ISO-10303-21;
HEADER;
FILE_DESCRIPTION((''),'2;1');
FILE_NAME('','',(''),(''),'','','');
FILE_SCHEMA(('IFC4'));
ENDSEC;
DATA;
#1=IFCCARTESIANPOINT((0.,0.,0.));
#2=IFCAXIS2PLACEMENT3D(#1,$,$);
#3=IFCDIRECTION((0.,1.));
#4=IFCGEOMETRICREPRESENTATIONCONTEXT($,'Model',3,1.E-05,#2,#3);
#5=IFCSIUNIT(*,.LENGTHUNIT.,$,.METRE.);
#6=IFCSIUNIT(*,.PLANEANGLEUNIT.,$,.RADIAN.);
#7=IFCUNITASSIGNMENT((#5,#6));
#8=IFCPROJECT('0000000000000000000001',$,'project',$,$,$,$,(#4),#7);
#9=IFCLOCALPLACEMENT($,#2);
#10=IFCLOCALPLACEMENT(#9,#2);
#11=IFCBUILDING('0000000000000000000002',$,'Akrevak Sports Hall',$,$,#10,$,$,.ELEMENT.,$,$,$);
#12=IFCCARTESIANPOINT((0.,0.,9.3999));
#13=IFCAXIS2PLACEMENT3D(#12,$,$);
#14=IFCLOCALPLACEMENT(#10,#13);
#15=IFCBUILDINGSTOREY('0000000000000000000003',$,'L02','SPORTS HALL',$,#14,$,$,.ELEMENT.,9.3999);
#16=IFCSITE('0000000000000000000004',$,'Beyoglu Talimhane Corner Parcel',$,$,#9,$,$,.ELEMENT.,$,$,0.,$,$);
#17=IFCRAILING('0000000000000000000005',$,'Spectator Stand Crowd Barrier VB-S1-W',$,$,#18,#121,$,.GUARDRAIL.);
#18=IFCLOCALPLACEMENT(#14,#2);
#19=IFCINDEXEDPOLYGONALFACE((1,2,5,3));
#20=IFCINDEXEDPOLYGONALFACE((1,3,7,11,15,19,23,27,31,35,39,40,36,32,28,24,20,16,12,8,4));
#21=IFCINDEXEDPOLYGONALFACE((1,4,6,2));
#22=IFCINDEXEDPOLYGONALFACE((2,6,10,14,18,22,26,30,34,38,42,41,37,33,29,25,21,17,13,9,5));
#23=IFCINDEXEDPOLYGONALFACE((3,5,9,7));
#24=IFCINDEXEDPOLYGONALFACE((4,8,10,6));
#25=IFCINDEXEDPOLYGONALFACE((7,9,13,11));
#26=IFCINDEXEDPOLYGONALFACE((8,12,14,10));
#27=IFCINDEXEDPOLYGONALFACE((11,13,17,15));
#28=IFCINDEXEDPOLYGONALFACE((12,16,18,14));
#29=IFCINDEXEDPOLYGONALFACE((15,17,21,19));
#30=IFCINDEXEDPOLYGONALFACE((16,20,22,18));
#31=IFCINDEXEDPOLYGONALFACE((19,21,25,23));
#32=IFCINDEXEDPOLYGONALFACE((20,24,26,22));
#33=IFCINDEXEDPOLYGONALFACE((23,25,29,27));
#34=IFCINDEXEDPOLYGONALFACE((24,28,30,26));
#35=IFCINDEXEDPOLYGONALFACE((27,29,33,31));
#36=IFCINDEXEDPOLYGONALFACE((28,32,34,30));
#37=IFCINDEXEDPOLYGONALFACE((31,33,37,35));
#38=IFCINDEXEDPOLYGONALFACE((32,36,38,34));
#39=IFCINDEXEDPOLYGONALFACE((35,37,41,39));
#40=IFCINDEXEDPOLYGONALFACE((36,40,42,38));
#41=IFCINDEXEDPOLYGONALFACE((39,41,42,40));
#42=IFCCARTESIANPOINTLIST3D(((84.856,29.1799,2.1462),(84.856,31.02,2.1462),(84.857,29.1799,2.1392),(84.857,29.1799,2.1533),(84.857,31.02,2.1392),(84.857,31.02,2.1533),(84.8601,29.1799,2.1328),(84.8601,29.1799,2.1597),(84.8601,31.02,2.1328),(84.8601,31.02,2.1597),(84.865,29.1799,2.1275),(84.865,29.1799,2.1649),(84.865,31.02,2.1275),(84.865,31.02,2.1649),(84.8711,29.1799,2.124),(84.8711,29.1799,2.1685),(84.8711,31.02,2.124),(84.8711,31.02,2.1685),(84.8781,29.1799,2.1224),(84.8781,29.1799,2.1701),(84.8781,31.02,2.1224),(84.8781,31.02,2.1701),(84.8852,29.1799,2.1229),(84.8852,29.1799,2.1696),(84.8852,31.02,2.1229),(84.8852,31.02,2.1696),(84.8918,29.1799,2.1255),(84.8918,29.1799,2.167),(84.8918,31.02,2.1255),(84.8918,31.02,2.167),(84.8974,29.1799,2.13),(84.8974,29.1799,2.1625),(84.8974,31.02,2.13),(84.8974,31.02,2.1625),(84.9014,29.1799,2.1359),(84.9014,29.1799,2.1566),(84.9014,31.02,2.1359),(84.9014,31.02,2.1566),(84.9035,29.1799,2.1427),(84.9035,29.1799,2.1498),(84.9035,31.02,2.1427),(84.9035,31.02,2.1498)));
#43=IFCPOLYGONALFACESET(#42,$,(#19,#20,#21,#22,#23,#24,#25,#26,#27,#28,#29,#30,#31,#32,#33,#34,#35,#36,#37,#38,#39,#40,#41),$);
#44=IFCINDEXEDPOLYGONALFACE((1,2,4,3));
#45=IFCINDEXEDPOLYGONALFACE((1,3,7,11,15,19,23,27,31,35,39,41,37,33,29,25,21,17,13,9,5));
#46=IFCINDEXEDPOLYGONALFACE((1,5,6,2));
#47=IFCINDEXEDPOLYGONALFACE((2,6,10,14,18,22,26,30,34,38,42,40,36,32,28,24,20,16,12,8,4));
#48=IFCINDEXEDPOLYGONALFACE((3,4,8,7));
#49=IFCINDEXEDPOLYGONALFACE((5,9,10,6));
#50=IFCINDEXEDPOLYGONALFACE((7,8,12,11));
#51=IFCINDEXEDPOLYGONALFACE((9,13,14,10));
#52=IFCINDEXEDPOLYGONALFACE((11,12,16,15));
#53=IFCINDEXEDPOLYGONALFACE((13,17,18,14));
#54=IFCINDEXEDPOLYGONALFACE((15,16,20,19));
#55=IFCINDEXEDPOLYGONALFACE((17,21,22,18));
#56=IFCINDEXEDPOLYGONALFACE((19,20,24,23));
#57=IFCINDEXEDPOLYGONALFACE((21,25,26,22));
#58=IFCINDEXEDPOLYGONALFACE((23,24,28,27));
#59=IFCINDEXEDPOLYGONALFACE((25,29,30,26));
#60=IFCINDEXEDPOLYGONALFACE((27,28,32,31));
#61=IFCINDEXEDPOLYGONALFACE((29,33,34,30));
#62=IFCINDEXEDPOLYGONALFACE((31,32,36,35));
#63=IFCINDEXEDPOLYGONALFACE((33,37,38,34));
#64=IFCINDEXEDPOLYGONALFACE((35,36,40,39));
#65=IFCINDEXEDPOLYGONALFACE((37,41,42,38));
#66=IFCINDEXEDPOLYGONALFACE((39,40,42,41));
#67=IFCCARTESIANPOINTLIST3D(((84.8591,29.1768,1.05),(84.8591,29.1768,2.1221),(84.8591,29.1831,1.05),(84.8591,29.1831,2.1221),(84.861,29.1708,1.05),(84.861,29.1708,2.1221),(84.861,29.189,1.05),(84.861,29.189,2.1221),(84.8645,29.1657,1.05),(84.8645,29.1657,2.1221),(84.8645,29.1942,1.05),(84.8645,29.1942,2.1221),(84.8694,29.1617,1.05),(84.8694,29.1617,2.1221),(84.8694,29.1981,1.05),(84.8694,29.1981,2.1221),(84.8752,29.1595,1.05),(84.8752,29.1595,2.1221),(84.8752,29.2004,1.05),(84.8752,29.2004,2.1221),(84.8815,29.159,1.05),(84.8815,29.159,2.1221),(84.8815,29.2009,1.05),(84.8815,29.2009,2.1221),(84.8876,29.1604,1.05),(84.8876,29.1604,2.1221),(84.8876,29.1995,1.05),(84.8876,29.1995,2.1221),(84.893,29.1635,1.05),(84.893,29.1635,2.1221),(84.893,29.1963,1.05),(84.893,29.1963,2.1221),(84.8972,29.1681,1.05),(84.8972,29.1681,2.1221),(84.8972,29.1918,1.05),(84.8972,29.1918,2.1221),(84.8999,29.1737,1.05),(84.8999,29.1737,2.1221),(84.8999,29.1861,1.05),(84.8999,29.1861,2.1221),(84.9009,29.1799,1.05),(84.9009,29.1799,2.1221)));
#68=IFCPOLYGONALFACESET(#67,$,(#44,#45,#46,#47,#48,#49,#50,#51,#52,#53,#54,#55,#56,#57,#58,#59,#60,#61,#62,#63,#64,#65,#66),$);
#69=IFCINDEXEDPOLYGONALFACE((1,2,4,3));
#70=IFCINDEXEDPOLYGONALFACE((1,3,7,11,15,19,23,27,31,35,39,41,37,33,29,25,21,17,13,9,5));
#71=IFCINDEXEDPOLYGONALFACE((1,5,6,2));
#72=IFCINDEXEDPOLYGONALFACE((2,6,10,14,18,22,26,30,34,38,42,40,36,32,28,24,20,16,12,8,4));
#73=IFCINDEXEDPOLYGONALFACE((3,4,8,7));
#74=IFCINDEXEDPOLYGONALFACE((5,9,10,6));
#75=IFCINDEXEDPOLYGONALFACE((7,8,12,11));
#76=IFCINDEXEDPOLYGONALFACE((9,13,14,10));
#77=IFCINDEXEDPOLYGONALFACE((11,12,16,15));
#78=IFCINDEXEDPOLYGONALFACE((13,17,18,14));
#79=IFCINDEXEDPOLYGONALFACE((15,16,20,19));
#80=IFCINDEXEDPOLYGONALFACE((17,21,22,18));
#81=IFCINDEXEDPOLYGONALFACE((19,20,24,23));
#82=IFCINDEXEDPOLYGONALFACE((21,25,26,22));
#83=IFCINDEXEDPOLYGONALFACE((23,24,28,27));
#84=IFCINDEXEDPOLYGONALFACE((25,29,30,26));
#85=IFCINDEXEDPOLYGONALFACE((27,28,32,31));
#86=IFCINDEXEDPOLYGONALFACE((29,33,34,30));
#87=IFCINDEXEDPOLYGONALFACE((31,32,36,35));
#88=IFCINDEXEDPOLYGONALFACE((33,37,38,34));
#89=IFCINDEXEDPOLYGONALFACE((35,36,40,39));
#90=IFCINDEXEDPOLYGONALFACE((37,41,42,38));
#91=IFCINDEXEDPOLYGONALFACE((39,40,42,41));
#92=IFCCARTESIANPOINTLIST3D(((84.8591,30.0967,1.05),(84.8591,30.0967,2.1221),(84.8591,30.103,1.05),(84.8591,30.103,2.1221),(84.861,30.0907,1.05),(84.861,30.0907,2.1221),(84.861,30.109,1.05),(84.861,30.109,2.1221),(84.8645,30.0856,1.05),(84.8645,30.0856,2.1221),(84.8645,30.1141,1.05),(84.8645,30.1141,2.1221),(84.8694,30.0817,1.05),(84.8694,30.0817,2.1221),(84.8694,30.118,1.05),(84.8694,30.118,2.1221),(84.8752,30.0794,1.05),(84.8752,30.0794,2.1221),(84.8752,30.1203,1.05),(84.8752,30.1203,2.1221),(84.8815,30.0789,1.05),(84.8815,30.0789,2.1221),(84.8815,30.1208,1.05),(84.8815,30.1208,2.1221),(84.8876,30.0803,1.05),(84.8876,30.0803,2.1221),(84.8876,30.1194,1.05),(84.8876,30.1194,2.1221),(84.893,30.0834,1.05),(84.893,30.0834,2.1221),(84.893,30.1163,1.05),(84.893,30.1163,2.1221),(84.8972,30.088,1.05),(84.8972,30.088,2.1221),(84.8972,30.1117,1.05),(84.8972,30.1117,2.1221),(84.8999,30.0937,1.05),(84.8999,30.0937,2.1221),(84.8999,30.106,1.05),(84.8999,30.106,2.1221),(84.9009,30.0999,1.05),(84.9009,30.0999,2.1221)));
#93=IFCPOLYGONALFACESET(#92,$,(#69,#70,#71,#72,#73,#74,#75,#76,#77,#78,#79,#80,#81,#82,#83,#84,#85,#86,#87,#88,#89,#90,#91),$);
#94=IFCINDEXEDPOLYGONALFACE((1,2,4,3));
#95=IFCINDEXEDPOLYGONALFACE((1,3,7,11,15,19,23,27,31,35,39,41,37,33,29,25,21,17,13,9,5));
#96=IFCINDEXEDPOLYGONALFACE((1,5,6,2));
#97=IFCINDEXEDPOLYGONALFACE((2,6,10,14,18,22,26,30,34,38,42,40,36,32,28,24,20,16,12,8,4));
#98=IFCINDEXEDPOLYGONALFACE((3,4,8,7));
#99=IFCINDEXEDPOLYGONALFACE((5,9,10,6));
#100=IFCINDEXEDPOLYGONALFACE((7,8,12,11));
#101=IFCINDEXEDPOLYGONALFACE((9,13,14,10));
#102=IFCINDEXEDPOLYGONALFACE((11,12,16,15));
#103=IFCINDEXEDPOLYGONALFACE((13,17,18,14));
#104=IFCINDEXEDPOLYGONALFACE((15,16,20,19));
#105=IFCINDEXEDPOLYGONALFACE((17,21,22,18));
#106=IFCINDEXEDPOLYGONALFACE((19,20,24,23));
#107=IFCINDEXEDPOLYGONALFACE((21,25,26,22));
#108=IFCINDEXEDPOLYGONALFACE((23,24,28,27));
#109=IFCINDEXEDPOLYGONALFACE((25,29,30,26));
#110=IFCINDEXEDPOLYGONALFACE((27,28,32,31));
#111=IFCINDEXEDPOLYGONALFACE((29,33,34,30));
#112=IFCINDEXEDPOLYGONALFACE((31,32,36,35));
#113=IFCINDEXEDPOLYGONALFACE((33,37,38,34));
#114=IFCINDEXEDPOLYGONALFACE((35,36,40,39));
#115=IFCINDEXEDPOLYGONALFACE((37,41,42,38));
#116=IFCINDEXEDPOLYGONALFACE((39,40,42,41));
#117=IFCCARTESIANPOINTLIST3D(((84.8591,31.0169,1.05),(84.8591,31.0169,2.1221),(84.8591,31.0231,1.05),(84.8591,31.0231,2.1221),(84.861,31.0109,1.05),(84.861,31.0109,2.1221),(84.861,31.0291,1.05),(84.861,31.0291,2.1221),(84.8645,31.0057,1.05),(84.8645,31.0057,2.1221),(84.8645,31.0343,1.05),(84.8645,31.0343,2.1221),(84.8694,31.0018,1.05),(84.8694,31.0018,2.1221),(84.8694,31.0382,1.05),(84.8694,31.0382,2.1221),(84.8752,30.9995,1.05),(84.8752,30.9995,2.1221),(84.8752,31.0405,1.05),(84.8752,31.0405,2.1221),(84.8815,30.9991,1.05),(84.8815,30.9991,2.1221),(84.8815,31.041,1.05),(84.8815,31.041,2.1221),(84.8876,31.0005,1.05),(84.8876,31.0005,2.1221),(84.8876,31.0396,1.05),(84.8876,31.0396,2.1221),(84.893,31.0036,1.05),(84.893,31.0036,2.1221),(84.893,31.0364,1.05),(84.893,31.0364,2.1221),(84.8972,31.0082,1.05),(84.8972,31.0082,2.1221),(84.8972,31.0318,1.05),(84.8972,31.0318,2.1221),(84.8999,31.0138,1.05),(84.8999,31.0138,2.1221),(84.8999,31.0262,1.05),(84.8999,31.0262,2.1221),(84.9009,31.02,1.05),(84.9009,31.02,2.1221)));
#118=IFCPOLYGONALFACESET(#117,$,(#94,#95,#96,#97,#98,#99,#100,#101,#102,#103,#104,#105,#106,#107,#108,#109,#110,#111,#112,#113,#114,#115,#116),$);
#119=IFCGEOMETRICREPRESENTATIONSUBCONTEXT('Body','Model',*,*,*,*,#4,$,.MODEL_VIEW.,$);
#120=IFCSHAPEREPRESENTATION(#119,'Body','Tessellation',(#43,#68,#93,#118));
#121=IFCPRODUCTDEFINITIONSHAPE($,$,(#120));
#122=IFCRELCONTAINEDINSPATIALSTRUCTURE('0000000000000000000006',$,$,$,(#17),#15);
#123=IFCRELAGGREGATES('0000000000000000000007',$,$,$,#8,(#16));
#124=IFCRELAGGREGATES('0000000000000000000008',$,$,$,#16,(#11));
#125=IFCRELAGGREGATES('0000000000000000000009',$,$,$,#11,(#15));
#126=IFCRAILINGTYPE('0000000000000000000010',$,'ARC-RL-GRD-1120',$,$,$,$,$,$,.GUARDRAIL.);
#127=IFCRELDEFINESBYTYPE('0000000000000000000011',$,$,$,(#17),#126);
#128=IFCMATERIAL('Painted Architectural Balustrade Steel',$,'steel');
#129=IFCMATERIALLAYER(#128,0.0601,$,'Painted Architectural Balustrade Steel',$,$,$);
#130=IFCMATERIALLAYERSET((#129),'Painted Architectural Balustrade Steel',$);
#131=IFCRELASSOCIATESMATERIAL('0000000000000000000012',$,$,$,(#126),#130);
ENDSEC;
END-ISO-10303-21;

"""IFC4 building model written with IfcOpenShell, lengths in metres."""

from ifc_helpers import new_model, si_unit, direction, frame, origin, origin_2d, place, context, subcontext, project, spatial, circle, extrude, material, layer, layer_set, type_object, element, save


model = new_model("IFC4")

# Units and contexts
model_context = context("Model", 3, precision=1e-05, world=origin(), true_north=direction((0.0, 1.0)))
body_context = subcontext(model_context, "Body", "Model", "MODEL_VIEW")
ifc_project = project(units=[si_unit("LENGTHUNIT", "METRE"), si_unit("PLANEANGLEUNIT", "RADIAN")], contexts=[model_context])

# Site, building, storey
site_placement = place(None, origin())
site = spatial("IfcSite", under=ifc_project, at=site_placement, Name="Beyoglu Talimhane Corner Parcel", CompositionType="ELEMENT", RefElevation=0.0)
building_placement = place(site_placement, origin())
building = spatial("IfcBuilding", under=site, at=building_placement, Name="Akrevak Sports Hall", CompositionType="ELEMENT")
storey_placement = place(building_placement, frame((0.0, 0.0, 9.3999)))
storey = spatial("IfcBuildingStorey", under=building, at=storey_placement, Name="L02", Description="SPORTS HALL", CompositionType="ELEMENT", Elevation=9.3999)

# Railing
ifc_material_1 = material(Name="Painted Architectural Balustrade Steel", Category="steel")
ifc_layer_1 = layer(ifc_material_1, 0.0601, Name="Painted Architectural Balustrade Steel")
ifc_layer_set_1 = layer_set([ifc_layer_1], Name="Painted Architectural Balustrade Steel")
railing_type_1 = type_object("IfcRailingType", Name="ARC-RL-GRD-1120", PredefinedType="GUARDRAIL", material=ifc_layer_set_1)
for number, where, name in (
    (1, (84.8799, 29.1799, 1.05), "Spectator Stand Crowd Barrier VB-S1-W"),
):
    element("IfcRailing", number, at=place(storey_placement, frame(where)), inside=storey, type_object=railing_type_1, Name=name, PredefinedType="GUARDRAIL", context=body_context, shape_type="SweptSolid", body=[
        extrude(circle(Radius=0.0239, at=origin_2d()), frame((0.0, 0.0, 1.0962), z_axis=(0.0, 1.0, 0.0), x_axis=(-1.0, 0.0, 0.0)), (0.0, 0.0, 1.0), 1.8401),
        extrude(circle(Radius=0.021, at=origin_2d()), origin(), (0.0, 0.0, 1.0), 1.072),
        extrude(circle(Radius=0.021, at=origin_2d()), frame((0.0, 0.9199, 0.0)), (0.0, 0.0, 1.0), 1.072),
        extrude(circle(Radius=0.021, at=origin_2d()), frame((0.0, 1.8401, 0.0)), (0.0, 0.0, 1.0), 1.072),
    ])

save(model, "model.ifc")
